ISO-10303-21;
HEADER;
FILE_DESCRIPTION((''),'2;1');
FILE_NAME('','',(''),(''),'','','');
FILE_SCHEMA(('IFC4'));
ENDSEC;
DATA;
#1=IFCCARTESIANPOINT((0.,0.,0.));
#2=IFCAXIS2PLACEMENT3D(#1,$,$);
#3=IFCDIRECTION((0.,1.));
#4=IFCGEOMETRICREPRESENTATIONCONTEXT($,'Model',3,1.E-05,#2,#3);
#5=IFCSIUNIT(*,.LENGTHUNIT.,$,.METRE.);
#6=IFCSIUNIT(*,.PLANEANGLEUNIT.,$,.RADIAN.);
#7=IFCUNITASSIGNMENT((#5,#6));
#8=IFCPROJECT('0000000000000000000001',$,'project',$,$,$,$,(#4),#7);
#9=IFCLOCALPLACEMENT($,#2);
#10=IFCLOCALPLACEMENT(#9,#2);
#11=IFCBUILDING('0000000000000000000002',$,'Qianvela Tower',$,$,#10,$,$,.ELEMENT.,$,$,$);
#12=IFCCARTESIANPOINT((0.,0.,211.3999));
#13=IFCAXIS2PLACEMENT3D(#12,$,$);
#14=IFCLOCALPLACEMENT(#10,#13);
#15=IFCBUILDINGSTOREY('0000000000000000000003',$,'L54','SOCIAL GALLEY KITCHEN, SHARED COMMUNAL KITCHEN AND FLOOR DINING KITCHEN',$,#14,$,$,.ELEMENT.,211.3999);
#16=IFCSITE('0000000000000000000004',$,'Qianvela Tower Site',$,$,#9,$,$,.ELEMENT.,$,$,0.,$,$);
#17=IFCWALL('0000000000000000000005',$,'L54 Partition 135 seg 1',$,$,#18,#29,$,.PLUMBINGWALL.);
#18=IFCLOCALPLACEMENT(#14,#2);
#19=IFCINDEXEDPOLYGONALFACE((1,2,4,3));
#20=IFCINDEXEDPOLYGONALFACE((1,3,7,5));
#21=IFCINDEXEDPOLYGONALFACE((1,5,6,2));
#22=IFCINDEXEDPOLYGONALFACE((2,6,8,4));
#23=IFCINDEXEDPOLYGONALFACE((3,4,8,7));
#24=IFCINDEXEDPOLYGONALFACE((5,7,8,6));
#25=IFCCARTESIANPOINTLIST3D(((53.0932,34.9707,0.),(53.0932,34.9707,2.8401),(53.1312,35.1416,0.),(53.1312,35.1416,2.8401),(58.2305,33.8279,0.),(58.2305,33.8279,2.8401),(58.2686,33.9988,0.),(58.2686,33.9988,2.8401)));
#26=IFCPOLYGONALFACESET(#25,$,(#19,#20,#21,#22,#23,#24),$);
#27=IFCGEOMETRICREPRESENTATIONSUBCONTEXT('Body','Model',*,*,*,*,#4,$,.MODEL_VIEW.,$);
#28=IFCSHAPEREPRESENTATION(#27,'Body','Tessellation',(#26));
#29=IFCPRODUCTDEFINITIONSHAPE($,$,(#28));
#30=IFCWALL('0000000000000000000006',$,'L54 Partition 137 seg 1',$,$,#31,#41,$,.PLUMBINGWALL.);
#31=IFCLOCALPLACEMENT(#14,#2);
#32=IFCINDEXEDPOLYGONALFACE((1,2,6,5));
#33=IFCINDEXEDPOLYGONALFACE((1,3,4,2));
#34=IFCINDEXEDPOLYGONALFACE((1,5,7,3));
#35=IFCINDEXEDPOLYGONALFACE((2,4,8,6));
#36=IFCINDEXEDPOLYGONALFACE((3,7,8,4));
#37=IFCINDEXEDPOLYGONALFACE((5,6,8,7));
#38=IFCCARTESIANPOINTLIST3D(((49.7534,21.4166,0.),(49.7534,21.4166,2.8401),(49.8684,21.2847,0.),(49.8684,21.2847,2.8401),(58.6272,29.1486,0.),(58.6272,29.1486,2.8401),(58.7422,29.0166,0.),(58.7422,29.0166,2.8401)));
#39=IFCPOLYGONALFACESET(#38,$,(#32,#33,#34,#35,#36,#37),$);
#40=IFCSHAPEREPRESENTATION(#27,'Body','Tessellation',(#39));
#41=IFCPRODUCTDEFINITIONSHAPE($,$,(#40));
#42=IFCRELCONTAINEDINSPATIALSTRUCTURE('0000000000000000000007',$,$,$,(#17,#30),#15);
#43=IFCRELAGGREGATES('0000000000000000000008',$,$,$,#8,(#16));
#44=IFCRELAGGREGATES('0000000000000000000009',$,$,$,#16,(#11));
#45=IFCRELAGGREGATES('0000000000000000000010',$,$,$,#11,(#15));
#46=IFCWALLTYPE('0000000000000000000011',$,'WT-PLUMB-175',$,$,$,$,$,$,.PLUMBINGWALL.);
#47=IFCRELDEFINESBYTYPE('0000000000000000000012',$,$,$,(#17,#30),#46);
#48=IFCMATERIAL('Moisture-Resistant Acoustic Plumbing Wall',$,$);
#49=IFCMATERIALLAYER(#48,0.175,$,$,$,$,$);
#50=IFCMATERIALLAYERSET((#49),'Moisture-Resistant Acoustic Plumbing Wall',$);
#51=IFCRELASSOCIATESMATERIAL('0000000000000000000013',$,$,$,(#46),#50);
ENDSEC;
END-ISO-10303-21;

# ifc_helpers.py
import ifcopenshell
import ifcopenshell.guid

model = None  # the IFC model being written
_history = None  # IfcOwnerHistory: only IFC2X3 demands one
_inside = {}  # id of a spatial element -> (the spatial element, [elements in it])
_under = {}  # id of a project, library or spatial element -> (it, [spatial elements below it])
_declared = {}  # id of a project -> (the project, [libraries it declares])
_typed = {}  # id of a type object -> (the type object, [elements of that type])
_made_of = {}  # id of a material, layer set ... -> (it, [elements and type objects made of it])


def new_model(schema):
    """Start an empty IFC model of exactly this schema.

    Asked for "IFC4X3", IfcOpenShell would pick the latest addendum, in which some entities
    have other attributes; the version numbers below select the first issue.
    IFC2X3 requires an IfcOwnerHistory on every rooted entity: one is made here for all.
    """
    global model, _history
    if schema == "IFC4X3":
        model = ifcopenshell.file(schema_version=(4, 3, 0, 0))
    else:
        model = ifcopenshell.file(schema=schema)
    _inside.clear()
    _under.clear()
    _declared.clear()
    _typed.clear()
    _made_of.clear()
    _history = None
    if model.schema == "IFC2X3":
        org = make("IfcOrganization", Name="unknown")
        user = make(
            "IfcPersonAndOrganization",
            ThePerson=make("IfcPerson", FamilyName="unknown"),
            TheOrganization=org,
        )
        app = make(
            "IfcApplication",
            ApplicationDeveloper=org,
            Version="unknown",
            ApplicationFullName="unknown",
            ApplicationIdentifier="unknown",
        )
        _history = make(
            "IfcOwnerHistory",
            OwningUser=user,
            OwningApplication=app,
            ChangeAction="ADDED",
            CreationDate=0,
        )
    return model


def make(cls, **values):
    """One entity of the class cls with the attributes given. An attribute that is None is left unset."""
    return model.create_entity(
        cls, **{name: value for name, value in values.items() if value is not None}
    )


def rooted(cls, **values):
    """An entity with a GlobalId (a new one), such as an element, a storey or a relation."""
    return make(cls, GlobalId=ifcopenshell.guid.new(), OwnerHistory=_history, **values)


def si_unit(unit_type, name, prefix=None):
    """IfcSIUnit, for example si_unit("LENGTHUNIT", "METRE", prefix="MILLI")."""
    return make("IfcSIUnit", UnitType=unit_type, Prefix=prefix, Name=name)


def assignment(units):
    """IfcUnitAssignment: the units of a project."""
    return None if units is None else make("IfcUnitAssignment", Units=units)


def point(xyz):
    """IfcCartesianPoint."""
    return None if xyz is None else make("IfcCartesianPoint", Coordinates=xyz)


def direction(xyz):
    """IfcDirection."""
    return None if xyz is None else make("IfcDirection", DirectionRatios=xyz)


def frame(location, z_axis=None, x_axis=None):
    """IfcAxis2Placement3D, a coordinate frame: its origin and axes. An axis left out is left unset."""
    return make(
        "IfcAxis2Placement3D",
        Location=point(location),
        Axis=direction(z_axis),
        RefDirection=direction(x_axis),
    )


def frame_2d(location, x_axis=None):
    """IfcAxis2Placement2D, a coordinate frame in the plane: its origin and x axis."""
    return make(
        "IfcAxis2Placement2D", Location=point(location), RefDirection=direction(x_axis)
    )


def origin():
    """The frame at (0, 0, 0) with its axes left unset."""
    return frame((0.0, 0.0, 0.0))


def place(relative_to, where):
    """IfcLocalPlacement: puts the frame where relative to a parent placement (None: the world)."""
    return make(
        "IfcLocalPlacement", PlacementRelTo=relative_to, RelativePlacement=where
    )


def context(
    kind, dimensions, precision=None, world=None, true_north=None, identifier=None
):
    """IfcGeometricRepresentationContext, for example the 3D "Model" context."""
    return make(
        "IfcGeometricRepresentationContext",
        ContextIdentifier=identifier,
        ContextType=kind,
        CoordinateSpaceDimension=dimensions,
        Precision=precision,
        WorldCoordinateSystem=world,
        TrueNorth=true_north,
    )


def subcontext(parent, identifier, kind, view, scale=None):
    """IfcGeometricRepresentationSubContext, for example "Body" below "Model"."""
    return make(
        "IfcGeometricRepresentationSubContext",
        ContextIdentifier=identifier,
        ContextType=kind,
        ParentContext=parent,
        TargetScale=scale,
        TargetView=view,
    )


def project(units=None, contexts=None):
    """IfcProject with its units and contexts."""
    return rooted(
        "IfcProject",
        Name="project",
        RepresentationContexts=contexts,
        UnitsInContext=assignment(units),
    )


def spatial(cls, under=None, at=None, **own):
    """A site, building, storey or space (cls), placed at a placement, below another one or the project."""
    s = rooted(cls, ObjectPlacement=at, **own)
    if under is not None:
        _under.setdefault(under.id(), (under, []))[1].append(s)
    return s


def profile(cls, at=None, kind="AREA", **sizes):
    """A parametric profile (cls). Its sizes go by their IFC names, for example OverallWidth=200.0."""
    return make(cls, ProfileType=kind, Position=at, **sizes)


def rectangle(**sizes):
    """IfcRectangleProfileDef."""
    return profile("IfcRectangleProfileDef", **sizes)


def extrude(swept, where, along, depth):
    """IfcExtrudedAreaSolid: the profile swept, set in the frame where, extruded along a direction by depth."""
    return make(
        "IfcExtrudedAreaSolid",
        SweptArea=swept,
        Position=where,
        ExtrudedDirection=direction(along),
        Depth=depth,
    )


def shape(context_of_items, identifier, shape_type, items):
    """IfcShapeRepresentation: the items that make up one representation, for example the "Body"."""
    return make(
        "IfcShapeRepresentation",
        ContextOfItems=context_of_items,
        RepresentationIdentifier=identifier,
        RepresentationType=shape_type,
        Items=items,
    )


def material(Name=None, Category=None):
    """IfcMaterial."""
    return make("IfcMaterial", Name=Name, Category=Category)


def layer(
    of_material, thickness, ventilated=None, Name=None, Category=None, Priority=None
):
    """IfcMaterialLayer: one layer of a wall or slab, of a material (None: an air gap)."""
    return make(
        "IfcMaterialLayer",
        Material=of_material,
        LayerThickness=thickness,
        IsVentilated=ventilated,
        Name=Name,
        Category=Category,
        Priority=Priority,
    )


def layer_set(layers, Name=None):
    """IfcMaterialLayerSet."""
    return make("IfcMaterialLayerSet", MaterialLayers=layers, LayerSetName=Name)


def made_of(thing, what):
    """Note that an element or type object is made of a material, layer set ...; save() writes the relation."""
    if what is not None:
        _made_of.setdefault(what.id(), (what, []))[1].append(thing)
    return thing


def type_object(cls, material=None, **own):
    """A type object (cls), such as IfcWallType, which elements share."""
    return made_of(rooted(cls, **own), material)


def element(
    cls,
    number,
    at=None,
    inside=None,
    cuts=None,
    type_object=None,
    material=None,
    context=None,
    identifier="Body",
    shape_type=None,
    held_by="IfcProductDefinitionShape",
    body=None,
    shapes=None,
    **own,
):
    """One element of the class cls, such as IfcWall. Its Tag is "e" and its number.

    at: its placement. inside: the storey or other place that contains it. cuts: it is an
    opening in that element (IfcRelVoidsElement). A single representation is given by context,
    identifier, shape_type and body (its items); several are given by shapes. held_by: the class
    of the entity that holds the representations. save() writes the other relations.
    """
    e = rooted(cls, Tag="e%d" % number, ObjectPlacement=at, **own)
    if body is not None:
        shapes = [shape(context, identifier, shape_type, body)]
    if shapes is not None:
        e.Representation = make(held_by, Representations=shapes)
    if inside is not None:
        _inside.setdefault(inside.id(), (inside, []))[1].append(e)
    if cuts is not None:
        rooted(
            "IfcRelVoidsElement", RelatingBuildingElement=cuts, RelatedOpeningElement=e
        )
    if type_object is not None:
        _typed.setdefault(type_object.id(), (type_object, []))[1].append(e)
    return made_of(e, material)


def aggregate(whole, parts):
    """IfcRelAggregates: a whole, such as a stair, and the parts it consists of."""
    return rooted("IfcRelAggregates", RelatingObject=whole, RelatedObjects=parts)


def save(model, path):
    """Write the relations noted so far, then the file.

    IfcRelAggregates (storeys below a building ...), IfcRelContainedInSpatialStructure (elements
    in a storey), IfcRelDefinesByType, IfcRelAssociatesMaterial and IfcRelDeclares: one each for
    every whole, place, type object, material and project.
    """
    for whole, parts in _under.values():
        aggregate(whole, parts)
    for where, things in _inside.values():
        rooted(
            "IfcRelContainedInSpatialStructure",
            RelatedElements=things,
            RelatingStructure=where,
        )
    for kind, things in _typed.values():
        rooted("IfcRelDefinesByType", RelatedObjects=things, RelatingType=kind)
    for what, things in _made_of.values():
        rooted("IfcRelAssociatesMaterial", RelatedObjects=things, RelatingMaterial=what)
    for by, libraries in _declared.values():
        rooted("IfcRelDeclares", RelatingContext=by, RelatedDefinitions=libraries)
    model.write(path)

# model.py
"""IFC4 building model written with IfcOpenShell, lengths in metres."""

from ifc_helpers import new_model, si_unit, direction, frame, frame_2d, origin, place, context, subcontext, project, spatial, rectangle, extrude, material, layer, layer_set, type_object, element, save


model = new_model("IFC4")

# Units and contexts
model_context = context("Model", 3, precision=1e-05, world=origin(), true_north=direction((0.0, 1.0)))
body_context = subcontext(model_context, "Body", "Model", "MODEL_VIEW")
ifc_project = project(units=[si_unit("LENGTHUNIT", "METRE"), si_unit("PLANEANGLEUNIT", "RADIAN")], contexts=[model_context])

# Site, building, storey
site_placement = place(None, origin())
site = spatial("IfcSite", under=ifc_project, at=site_placement, Name="Qianvela Tower Site", CompositionType="ELEMENT", RefElevation=0.0)
building_placement = place(site_placement, origin())
building = spatial("IfcBuilding", under=site, at=building_placement, Name="Qianvela Tower", CompositionType="ELEMENT")
storey_placement = place(building_placement, frame((0.0, 0.0, 211.3999)))
storey = spatial("IfcBuildingStorey", under=building, at=storey_placement, Name="L54", Description="SOCIAL GALLEY KITCHEN, SHARED COMMUNAL KITCHEN AND FLOOR DINING KITCHEN", CompositionType="ELEMENT", Elevation=211.3999)

# Walls
ifc_material_1 = material(Name="Moisture-Resistant Acoustic Plumbing Wall")
ifc_layer_1 = layer(ifc_material_1, 0.175)
ifc_layer_set_1 = layer_set([ifc_layer_1], Name="Moisture-Resistant Acoustic Plumbing Wall")
wall_type_1 = type_object("IfcWallType", Name="WT-PLUMB-175", PredefinedType="PLUMBINGWALL", material=ifc_layer_set_1)
wall_1_placement = place(storey_placement, frame((53.1123, 35.0562, 0.0), z_axis=(0.0, 0.0, 1.0), x_axis=(0.97614, -0.217142, 0.0)))
element("IfcWall", 1, at=wall_1_placement, inside=storey, type_object=wall_type_1, Name="L54 Partition 135 seg 1", PredefinedType="PLUMBINGWALL", context=body_context, shape_type="SweptSolid", body=[
    extrude(rectangle(XDim=5.2629, YDim=0.175, at=frame_2d((2.6313, 0.0))), origin(), (0.0, 0.0, 1.0), 2.8401),
])
wall_2_placement = place(storey_placement, frame((58.6846, 29.0825, 0.0), z_axis=(0.0, 0.0, 1.0), x_axis=(-0.753949, -0.656933, 0.0)))
element("IfcWall", 2, at=wall_2_placement, inside=storey, type_object=wall_type_1, Name="L54 Partition 137 seg 1", PredefinedType="PLUMBINGWALL", context=body_context, shape_type="SweptSolid", body=[
    extrude(rectangle(XDim=11.7698, YDim=0.175, at=frame_2d((5.8848, 0.0))), origin(), (0.0, 0.0, 1.0), 2.8401),
])

save(model, "model.ifc")
